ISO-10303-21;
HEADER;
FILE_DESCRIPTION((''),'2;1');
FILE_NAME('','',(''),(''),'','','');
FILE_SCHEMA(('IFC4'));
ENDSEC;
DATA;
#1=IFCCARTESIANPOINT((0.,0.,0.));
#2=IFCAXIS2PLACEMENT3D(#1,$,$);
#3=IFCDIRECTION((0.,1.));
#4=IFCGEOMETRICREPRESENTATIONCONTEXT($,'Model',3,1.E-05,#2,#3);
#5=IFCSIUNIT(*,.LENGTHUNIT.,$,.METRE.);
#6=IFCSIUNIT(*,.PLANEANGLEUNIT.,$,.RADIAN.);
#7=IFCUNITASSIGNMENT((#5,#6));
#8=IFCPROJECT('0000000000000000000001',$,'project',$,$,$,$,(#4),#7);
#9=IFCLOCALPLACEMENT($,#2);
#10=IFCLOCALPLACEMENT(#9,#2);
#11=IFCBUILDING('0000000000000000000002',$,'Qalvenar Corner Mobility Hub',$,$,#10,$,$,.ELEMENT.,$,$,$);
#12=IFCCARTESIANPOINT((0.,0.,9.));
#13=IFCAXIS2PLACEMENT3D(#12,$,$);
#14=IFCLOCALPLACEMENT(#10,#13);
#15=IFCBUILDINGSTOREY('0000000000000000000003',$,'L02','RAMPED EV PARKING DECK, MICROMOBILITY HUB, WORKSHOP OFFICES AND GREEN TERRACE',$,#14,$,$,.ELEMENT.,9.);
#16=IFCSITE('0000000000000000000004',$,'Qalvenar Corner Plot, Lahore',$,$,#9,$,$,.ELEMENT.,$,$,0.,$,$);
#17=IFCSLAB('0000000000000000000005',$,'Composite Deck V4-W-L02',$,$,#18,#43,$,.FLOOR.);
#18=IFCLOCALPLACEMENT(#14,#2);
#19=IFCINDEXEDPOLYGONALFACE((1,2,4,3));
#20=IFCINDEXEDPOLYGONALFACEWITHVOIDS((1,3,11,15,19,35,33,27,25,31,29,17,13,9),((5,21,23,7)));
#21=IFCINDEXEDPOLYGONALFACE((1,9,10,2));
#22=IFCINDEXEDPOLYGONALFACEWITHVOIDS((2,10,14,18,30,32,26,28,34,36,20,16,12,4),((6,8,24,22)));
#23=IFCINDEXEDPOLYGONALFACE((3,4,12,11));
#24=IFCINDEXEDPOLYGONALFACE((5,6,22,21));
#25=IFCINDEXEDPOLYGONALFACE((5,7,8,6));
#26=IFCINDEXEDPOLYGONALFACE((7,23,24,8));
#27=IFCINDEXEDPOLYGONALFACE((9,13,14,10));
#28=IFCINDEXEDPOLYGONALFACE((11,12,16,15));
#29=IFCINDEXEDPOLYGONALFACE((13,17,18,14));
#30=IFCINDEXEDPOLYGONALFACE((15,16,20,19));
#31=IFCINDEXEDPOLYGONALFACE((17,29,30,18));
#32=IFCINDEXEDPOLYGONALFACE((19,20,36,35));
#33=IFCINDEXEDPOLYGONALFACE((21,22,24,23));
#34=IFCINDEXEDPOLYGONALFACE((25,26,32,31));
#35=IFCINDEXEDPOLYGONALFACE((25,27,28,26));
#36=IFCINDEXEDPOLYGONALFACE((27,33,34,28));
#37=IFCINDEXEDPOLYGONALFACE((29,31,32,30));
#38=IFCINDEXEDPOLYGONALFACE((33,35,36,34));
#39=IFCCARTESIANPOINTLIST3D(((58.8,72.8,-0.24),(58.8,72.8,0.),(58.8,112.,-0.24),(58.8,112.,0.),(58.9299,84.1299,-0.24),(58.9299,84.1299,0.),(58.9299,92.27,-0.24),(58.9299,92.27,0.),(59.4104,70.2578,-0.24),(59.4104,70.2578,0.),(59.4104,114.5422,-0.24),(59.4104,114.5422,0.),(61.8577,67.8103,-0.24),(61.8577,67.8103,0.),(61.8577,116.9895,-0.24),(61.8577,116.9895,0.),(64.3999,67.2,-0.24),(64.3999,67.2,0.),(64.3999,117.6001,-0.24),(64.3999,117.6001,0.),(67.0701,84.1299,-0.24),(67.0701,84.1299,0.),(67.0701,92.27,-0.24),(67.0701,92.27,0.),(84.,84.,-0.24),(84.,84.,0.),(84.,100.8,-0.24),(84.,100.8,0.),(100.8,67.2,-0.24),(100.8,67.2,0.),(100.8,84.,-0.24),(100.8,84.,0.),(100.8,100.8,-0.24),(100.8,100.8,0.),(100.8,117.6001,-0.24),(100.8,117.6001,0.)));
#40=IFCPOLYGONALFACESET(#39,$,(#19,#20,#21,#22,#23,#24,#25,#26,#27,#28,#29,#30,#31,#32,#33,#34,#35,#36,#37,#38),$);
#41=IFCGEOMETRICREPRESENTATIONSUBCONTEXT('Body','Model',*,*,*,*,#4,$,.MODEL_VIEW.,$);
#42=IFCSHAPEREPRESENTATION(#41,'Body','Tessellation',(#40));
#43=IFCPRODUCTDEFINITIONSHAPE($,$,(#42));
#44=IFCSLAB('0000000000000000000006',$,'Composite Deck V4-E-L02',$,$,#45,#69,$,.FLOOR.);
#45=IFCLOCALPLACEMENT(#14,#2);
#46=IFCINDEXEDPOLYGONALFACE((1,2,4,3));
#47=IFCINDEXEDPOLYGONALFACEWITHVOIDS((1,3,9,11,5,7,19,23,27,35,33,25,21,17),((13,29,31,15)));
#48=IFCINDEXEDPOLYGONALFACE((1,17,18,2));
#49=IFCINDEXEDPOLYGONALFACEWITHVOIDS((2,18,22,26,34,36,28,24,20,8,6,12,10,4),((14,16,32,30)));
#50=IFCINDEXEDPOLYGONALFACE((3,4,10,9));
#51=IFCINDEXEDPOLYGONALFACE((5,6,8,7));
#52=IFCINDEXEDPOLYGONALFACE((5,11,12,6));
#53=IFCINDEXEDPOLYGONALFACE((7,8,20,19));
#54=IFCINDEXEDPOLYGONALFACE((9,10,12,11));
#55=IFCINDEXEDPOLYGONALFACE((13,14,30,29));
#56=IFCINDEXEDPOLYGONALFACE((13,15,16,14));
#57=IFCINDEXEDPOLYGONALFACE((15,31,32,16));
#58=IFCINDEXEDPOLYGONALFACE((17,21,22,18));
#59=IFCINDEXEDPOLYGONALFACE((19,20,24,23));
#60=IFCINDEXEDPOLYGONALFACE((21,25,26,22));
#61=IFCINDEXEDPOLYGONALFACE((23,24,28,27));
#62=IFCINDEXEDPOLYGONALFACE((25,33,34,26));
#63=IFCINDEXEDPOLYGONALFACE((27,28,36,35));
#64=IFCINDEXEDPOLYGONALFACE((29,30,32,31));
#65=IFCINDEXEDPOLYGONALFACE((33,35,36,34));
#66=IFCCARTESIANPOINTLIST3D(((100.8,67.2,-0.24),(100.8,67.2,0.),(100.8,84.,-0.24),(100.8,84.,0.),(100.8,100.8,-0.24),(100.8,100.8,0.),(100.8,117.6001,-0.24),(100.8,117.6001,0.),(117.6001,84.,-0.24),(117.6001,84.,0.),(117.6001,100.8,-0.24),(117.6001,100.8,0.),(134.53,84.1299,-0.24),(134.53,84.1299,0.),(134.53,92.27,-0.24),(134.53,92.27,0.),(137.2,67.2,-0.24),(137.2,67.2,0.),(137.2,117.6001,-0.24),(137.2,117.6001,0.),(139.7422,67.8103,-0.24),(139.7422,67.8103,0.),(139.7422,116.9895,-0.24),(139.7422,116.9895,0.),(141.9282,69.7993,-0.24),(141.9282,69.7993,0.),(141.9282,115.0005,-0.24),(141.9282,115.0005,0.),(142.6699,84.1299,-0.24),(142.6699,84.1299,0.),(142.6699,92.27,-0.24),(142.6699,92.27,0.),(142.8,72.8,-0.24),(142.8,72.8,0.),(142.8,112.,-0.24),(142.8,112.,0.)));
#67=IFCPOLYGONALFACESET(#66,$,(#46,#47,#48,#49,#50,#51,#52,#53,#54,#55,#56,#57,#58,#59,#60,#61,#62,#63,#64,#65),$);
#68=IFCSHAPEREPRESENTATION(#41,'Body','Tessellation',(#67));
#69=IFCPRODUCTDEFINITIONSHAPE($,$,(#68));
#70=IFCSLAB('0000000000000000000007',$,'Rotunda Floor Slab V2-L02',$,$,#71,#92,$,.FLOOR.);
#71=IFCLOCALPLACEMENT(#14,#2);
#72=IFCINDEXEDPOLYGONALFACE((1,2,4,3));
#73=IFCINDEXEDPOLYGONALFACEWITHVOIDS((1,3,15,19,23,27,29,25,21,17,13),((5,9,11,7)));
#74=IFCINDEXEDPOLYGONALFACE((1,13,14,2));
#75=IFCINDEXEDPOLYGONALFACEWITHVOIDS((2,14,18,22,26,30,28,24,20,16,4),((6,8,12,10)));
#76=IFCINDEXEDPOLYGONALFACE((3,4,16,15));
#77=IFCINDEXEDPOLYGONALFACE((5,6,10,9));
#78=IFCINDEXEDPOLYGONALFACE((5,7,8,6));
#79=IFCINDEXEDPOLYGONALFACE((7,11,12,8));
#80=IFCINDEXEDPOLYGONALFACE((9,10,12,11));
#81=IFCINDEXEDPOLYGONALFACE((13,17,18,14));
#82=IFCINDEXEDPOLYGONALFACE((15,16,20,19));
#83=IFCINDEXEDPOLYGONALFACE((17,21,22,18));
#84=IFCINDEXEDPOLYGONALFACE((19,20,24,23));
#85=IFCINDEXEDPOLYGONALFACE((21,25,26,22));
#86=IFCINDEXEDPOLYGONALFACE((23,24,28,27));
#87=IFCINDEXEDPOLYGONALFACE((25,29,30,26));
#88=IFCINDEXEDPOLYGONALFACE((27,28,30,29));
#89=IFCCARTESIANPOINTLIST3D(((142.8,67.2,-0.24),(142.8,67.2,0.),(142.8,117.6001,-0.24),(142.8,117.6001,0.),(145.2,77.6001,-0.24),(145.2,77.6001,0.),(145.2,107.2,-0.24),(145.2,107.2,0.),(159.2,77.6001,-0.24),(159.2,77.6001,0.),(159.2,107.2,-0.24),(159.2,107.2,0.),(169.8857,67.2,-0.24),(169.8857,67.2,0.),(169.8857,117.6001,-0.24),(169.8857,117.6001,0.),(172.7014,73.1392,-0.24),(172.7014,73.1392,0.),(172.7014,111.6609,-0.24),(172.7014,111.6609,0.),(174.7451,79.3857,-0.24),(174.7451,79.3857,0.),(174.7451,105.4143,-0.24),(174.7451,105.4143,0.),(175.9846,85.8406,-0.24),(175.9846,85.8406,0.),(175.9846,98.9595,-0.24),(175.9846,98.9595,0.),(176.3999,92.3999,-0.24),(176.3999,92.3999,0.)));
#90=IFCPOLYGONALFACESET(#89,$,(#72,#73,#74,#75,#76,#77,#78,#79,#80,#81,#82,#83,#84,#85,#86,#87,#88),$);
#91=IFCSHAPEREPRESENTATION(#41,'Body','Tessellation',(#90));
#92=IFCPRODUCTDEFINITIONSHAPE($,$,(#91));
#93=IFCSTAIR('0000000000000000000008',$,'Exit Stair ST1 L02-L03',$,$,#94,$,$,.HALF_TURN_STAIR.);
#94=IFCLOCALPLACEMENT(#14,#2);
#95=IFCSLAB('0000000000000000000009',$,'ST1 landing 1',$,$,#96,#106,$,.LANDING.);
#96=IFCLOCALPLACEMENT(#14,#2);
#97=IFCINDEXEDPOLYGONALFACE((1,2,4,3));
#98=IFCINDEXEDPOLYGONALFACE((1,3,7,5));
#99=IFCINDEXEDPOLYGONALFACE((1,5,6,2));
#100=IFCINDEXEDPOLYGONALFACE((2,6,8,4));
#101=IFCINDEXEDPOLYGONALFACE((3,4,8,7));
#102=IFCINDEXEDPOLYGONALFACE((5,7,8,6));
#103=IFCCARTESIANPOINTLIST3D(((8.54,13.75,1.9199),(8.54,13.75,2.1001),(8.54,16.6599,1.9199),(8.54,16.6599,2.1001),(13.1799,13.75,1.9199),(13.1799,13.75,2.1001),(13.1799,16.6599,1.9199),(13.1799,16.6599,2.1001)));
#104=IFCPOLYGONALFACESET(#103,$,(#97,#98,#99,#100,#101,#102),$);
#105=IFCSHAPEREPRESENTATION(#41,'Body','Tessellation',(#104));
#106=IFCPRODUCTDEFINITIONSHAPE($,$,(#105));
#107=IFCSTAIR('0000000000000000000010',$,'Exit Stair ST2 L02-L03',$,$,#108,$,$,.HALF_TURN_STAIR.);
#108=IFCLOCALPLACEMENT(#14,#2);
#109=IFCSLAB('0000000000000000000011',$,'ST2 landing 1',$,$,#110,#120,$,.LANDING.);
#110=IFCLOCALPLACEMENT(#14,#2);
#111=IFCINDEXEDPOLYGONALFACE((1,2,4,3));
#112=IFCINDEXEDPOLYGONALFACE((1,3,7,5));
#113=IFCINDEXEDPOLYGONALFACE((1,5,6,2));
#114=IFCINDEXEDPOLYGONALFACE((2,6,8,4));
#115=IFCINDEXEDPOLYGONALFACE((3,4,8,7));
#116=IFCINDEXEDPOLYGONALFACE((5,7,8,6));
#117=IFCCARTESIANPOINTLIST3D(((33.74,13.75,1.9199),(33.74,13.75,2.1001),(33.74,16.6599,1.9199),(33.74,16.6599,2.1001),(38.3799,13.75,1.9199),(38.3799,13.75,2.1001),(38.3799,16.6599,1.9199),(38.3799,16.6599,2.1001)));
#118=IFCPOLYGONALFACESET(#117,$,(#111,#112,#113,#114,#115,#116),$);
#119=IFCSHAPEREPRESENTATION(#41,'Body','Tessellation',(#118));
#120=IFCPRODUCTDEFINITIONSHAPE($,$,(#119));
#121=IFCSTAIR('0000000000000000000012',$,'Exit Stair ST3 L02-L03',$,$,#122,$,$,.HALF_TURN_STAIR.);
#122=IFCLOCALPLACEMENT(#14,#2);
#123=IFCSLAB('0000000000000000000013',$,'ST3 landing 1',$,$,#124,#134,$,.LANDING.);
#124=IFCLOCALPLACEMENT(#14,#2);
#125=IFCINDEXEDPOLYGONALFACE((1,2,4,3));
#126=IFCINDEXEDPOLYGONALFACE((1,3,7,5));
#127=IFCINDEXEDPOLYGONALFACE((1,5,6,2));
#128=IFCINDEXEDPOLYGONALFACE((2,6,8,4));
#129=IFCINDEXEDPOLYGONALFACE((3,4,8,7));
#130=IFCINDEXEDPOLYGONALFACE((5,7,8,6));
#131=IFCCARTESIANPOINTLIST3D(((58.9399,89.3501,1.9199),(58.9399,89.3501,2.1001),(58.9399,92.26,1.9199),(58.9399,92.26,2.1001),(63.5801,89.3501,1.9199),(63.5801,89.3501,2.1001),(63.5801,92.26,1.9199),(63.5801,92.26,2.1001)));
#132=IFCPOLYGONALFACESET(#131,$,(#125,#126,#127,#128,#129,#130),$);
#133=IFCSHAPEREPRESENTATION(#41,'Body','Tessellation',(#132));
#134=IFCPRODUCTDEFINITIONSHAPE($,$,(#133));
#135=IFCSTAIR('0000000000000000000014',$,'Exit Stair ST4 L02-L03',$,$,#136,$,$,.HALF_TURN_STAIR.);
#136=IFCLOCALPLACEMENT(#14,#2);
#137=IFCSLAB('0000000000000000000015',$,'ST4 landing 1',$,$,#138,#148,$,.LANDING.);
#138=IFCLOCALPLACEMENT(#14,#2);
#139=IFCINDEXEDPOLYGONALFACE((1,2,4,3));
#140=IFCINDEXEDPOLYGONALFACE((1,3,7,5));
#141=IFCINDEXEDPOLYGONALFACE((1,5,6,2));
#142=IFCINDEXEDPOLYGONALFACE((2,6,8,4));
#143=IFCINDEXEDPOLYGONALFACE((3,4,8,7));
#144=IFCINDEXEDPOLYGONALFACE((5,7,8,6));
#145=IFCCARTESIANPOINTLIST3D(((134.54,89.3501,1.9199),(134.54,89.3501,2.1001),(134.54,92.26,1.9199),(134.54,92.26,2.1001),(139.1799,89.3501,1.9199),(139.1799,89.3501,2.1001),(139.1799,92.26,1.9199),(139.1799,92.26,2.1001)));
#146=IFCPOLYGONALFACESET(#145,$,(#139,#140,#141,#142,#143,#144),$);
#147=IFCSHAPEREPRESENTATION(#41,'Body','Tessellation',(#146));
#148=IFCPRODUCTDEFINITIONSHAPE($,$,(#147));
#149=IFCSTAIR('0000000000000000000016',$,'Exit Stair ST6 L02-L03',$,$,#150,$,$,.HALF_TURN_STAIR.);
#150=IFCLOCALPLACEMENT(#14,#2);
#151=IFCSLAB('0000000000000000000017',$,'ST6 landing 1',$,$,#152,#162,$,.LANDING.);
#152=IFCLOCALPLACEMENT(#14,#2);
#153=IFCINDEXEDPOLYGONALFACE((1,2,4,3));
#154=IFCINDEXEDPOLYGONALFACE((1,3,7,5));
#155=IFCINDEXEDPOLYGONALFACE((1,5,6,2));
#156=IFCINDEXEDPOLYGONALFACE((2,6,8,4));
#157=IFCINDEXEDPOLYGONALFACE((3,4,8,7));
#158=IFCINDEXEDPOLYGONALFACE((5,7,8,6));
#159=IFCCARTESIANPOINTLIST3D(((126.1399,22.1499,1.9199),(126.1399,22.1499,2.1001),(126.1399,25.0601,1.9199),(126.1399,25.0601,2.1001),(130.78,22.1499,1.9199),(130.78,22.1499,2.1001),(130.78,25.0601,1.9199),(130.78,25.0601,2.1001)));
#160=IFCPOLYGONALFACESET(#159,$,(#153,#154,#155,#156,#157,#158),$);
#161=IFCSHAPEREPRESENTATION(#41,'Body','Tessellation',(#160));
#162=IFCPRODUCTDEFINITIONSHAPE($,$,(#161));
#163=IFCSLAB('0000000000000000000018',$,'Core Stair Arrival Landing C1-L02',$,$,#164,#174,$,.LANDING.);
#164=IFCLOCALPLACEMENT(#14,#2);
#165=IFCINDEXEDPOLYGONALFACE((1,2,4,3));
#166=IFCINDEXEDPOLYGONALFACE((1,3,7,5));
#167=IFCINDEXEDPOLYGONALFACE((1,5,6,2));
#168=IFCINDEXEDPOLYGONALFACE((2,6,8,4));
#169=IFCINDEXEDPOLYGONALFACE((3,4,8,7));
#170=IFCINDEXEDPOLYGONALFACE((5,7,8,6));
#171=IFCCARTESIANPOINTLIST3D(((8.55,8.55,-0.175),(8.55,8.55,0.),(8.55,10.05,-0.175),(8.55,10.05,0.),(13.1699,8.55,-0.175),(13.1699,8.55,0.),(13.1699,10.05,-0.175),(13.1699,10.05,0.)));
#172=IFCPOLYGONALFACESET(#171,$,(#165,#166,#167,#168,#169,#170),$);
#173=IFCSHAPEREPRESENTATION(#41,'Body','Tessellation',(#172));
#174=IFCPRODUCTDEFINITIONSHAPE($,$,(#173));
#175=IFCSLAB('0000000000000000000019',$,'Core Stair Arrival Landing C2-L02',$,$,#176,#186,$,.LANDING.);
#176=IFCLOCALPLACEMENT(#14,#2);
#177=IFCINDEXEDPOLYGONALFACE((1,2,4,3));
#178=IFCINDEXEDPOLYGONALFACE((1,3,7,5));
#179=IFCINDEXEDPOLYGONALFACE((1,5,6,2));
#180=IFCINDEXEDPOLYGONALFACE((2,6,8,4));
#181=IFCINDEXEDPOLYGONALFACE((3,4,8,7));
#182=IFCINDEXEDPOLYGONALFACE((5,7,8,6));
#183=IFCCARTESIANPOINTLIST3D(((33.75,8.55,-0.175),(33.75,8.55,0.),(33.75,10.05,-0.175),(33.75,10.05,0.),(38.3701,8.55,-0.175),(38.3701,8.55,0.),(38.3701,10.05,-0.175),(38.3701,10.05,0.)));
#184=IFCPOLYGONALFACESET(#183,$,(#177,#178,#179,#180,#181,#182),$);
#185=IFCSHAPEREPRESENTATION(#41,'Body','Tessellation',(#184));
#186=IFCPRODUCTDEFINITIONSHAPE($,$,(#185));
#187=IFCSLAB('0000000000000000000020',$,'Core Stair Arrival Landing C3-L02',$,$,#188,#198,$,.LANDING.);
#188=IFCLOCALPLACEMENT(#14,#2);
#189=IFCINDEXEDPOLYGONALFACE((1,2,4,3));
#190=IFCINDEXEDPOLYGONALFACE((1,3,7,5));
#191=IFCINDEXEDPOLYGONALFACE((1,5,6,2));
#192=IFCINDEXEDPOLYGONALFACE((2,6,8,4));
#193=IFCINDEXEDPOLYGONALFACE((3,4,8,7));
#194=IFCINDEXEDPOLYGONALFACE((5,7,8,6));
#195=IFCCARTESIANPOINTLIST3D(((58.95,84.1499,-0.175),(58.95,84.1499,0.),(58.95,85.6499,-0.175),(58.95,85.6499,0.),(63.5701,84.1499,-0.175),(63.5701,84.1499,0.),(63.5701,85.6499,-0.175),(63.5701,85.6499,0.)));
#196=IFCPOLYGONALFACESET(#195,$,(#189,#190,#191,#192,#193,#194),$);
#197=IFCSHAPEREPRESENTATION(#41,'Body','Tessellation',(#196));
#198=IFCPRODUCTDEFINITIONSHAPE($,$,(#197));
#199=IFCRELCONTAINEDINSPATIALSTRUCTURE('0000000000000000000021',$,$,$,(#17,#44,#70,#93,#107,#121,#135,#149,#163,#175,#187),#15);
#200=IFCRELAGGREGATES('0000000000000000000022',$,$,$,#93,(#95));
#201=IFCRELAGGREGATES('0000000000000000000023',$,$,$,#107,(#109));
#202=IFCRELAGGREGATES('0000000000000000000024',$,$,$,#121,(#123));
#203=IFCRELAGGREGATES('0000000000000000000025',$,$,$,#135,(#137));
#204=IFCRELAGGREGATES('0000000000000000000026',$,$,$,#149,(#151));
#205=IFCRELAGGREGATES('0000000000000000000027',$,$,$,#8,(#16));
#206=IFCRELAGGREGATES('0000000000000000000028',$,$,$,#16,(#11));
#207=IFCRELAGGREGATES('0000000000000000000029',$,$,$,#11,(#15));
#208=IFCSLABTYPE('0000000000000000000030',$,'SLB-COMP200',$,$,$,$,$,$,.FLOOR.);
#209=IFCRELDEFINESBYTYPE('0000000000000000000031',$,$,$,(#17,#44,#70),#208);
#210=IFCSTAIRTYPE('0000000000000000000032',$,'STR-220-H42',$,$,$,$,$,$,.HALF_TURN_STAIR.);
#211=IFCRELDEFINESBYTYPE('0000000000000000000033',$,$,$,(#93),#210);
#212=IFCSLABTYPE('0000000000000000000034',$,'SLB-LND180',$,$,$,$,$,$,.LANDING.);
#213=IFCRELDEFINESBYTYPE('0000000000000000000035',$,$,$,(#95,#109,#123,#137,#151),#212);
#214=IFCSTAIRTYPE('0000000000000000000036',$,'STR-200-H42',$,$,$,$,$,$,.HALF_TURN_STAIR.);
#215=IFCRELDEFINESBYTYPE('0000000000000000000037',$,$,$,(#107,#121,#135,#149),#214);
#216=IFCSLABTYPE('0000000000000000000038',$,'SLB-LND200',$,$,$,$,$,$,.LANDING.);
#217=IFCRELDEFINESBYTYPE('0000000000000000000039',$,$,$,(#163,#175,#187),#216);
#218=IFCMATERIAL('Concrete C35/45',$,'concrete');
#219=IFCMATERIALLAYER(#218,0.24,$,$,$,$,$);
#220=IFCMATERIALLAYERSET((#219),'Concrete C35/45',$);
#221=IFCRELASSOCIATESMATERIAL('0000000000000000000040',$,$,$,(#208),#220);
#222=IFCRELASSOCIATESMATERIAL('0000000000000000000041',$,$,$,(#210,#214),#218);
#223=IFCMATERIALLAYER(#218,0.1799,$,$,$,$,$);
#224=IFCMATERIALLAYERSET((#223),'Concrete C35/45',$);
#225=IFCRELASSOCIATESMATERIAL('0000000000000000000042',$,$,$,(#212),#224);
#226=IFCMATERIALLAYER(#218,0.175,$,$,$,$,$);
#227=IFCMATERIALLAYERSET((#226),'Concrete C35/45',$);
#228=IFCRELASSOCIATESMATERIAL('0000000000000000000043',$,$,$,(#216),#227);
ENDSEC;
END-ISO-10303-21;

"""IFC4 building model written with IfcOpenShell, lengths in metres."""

from ifc_helpers import new_model, si_unit, direction, frame, origin, place, context, subcontext, project, spatial, polyline, outline, extrude, material, layer, layer_set, type_object, element, aggregate, save


model = new_model("IFC4")

# Units and contexts
model_context = context("Model", 3, precision=1e-05, world=origin(), true_north=direction((0.0, 1.0)))
body_context = subcontext(model_context, "Body", "Model", "MODEL_VIEW")
ifc_project = project(units=[si_unit("LENGTHUNIT", "METRE"), si_unit("PLANEANGLEUNIT", "RADIAN")], contexts=[model_context])

# Site, building, storey
site_placement = place(None, origin())
site = spatial("IfcSite", under=ifc_project, at=site_placement, Name="Qalvenar Corner Plot, Lahore", CompositionType="ELEMENT", RefElevation=0.0)
building_placement = place(site_placement, origin())
building = spatial("IfcBuilding", under=site, at=building_placement, Name="Qalvenar Corner Mobility Hub", CompositionType="ELEMENT")
storey_placement = place(building_placement, frame((0.0, 0.0, 9.0)))
storey = spatial("IfcBuildingStorey", under=building, at=storey_placement, Name="L02", Description="RAMPED EV PARKING DECK, MICROMOBILITY HUB, WORKSHOP OFFICES AND GREEN TERRACE", CompositionType="ELEMENT", Elevation=9.0)

# Slabs
ifc_material_1 = material(Name="Concrete C35/45", Category="concrete")
ifc_layer_1 = layer(ifc_material_1, 0.24)
ifc_layer_set_1 = layer_set([ifc_layer_1], Name="Concrete C35/45")
slab_type_1 = type_object("IfcSlabType", Name="SLB-COMP200", PredefinedType="FLOOR", material=ifc_layer_set_1)
slab_1_placement = place(storey_placement, frame((0.0, 0.0, -0.24)))
element("IfcSlab", 1, at=slab_1_placement, inside=storey, type_object=slab_type_1, Name="Composite Deck V4-W-L02", PredefinedType="FLOOR", context=body_context, shape_type="SweptSolid", body=[
    extrude(outline(polyline([(64.3999, 67.2), (100.8, 67.2), (100.8, 84.0), (84.0, 84.0), (84.0, 100.8), (100.8, 100.8), (100.8, 117.6001), (64.3999, 117.6001), (61.8577, 116.9895), (59.4104, 114.5422), (58.8, 112.0), (58.8, 72.8), (59.4104, 70.2578), (61.8577, 67.8103), (64.3999, 67.2)]), holes=[polyline([(58.9299, 84.1299), (67.0701, 84.1299), (67.0701, 92.27), (58.9299, 92.27), (58.9299, 84.1299)])]), origin(), (0.0, 0.0, 1.0), 0.24),
])
slab_2_placement = place(storey_placement, frame((0.0, 0.0, -0.24)))
element("IfcSlab", 2, at=slab_2_placement, inside=storey, type_object=slab_type_1, Name="Composite Deck V4-E-L02", PredefinedType="FLOOR", context=body_context, shape_type="SweptSolid", body=[
    extrude(outline(polyline([(100.8, 67.2), (137.2, 67.2), (139.7422, 67.8103), (141.9282, 69.7993), (142.8, 72.8), (142.8, 112.0), (141.9282, 115.0005), (139.7422, 116.9895), (137.2, 117.6001), (100.8, 117.6001), (100.8, 100.8), (117.6001, 100.8), (117.6001, 84.0), (100.8, 84.0), (100.8, 67.2)]), holes=[polyline([(134.53, 84.1299), (142.6699, 84.1299), (142.6699, 92.27), (134.53, 92.27), (134.53, 84.1299)])]), origin(), (0.0, 0.0, 1.0), 0.24),
])
slab_3_placement = place(storey_placement, frame((0.0, 0.0, -0.24)))
element("IfcSlab", 3, at=slab_3_placement, inside=storey, type_object=slab_type_1, Name="Rotunda Floor Slab V2-L02", PredefinedType="FLOOR", context=body_context, shape_type="SweptSolid", body=[
    extrude(outline(polyline([(142.8, 67.2), (169.8857, 67.2), (172.7014, 73.1392), (174.7451, 79.3857), (175.9846, 85.8406), (176.3999, 92.3999), (175.9846, 98.9595), (174.7451, 105.4143), (172.7014, 111.6609), (169.8857, 117.6001), (142.8, 117.6001), (142.8, 67.2)]), holes=[polyline([(145.2, 77.6001), (159.2, 77.6001), (159.2, 107.2), (145.2, 107.2), (145.2, 77.6001)])]), origin(), (0.0, 0.0, 1.0), 0.24),
])

# Stairs, slabs
stair_type_1 = type_object("IfcStairType", Name="STR-220-H42", PredefinedType="HALF_TURN_STAIR", material=ifc_material_1)
stair_1_placement = place(storey_placement, origin())
stair_1 = element("IfcStair", 4, at=stair_1_placement, inside=storey, type_object=stair_type_1, Name="Exit Stair ST1 L02-L03", PredefinedType="HALF_TURN_STAIR")
ifc_layer_2 = layer(ifc_material_1, 0.1799)
ifc_layer_set_2 = layer_set([ifc_layer_2], Name="Concrete C35/45")
slab_type_2 = type_object("IfcSlabType", Name="SLB-LND180", PredefinedType="LANDING", material=ifc_layer_set_2)
slab_4_placement = place(storey_placement, frame((0.0, 0.0, 1.9199)))
slab_4 = element("IfcSlab", 5, at=slab_4_placement, type_object=slab_type_2, Name="ST1 landing 1", PredefinedType="LANDING", context=body_context, shape_type="SweptSolid", body=[
    extrude(outline(polyline([(8.54, 13.75), (13.1799, 13.75), (13.1799, 16.6599), (8.54, 16.6599), (8.54, 13.75)])), origin(), (0.0, 0.0, 1.0), 0.1802),
])
aggregate(stair_1, [slab_4])
stair_type_2 = type_object("IfcStairType", Name="STR-200-H42", PredefinedType="HALF_TURN_STAIR", material=ifc_material_1)
stair_2_placement = place(storey_placement, origin())
stair_2 = element("IfcStair", 6, at=stair_2_placement, inside=storey, type_object=stair_type_2, Name="Exit Stair ST2 L02-L03", PredefinedType="HALF_TURN_STAIR")
slab_5_placement = place(storey_placement, frame((0.0, 0.0, 1.9199)))
slab_5 = element("IfcSlab", 7, at=slab_5_placement, type_object=slab_type_2, Name="ST2 landing 1", PredefinedType="LANDING", context=body_context, shape_type="SweptSolid", body=[
    extrude(outline(polyline([(33.74, 13.75), (38.3799, 13.75), (38.3799, 16.6599), (33.74, 16.6599), (33.74, 13.75)])), origin(), (0.0, 0.0, 1.0), 0.1802),
])
aggregate(stair_2, [slab_5])
stair_3_placement = place(storey_placement, origin())
stair_3 = element("IfcStair", 8, at=stair_3_placement, inside=storey, type_object=stair_type_2, Name="Exit Stair ST3 L02-L03", PredefinedType="HALF_TURN_STAIR")
slab_6_placement = place(storey_placement, frame((0.0, 0.0, 1.9199)))
slab_6 = element("IfcSlab", 9, at=slab_6_placement, type_object=slab_type_2, Name="ST3 landing 1", PredefinedType="LANDING", context=body_context, shape_type="SweptSolid", body=[
    extrude(outline(polyline([(58.9399, 89.3501), (63.5801, 89.3501), (63.5801, 92.26), (58.9399, 92.26), (58.9399, 89.3501)])), origin(), (0.0, 0.0, 1.0), 0.1802),
])
aggregate(stair_3, [slab_6])
stair_4_placement = place(storey_placement, origin())
stair_4 = element("IfcStair", 10, at=stair_4_placement, inside=storey, type_object=stair_type_2, Name="Exit Stair ST4 L02-L03", PredefinedType="HALF_TURN_STAIR")
slab_7_placement = place(storey_placement, frame((0.0, 0.0, 1.9199)))
slab_7 = element("IfcSlab", 11, at=slab_7_placement, type_object=slab_type_2, Name="ST4 landing 1", PredefinedType="LANDING", context=body_context, shape_type="SweptSolid", body=[
    extrude(outline(polyline([(134.54, 89.3501), (139.1799, 89.3501), (139.1799, 92.26), (134.54, 92.26), (134.54, 89.3501)])), origin(), (0.0, 0.0, 1.0), 0.1802),
])
aggregate(stair_4, [slab_7])
stair_5_placement = place(storey_placement, origin())
stair_5 = element("IfcStair", 12, at=stair_5_placement, inside=storey, type_object=stair_type_2, Name="Exit Stair ST6 L02-L03", PredefinedType="HALF_TURN_STAIR")
slab_8_placement = place(storey_placement, frame((0.0, 0.0, 1.9199)))
slab_8 = element("IfcSlab", 13, at=slab_8_placement, type_object=slab_type_2, Name="ST6 landing 1", PredefinedType="LANDING", context=body_context, shape_type="SweptSolid", body=[
    extrude(outline(polyline([(126.1399, 22.1499), (130.78, 22.1499), (130.78, 25.0601), (126.1399, 25.0601), (126.1399, 22.1499)])), origin(), (0.0, 0.0, 1.0), 0.1802),
])
aggregate(stair_5, [slab_8])

# Slabs
ifc_layer_3 = layer(ifc_material_1, 0.175)
ifc_layer_set_3 = layer_set([ifc_layer_3], Name="Concrete C35/45")
slab_type_3 = type_object("IfcSlabType", Name="SLB-LND200", PredefinedType="LANDING", material=ifc_layer_set_3)
slab_9_placement = place(storey_placement, frame((0.0, 0.0, -0.175)))
element("IfcSlab", 14, at=slab_9_placement, inside=storey, type_object=slab_type_3, Name="Core Stair Arrival Landing C1-L02", PredefinedType="LANDING", context=body_context, shape_type="SweptSolid", body=[
    extrude(outline(polyline([(8.55, 8.55), (13.1699, 8.55), (13.1699, 10.05), (8.55, 10.05), (8.55, 8.55)])), origin(), (0.0, 0.0, 1.0), 0.175),
])
slab_10_placement = place(storey_placement, frame((0.0, 0.0, -0.175)))
element("IfcSlab", 15, at=slab_10_placement, inside=storey, type_object=slab_type_3, Name="Core Stair Arrival Landing C2-L02", PredefinedType="LANDING", context=body_context, shape_type="SweptSolid", body=[
    extrude(outline(polyline([(33.75, 8.55), (38.3701, 8.55), (38.3701, 10.05), (33.75, 10.05), (33.75, 8.55)])), origin(), (0.0, 0.0, 1.0), 0.175),
])
slab_11_placement = place(storey_placement, frame((0.0, 0.0, -0.175)))
element("IfcSlab", 16, at=slab_11_placement, inside=storey, type_object=slab_type_3, Name="Core Stair Arrival Landing C3-L02", PredefinedType="LANDING", context=body_context, shape_type="SweptSolid", body=[
    extrude(outline(polyline([(58.95, 84.1499), (63.5701, 84.1499), (63.5701, 85.6499), (58.95, 85.6499), (58.95, 84.1499)])), origin(), (0.0, 0.0, 1.0), 0.175),
])

save(model, "model.ifc")
